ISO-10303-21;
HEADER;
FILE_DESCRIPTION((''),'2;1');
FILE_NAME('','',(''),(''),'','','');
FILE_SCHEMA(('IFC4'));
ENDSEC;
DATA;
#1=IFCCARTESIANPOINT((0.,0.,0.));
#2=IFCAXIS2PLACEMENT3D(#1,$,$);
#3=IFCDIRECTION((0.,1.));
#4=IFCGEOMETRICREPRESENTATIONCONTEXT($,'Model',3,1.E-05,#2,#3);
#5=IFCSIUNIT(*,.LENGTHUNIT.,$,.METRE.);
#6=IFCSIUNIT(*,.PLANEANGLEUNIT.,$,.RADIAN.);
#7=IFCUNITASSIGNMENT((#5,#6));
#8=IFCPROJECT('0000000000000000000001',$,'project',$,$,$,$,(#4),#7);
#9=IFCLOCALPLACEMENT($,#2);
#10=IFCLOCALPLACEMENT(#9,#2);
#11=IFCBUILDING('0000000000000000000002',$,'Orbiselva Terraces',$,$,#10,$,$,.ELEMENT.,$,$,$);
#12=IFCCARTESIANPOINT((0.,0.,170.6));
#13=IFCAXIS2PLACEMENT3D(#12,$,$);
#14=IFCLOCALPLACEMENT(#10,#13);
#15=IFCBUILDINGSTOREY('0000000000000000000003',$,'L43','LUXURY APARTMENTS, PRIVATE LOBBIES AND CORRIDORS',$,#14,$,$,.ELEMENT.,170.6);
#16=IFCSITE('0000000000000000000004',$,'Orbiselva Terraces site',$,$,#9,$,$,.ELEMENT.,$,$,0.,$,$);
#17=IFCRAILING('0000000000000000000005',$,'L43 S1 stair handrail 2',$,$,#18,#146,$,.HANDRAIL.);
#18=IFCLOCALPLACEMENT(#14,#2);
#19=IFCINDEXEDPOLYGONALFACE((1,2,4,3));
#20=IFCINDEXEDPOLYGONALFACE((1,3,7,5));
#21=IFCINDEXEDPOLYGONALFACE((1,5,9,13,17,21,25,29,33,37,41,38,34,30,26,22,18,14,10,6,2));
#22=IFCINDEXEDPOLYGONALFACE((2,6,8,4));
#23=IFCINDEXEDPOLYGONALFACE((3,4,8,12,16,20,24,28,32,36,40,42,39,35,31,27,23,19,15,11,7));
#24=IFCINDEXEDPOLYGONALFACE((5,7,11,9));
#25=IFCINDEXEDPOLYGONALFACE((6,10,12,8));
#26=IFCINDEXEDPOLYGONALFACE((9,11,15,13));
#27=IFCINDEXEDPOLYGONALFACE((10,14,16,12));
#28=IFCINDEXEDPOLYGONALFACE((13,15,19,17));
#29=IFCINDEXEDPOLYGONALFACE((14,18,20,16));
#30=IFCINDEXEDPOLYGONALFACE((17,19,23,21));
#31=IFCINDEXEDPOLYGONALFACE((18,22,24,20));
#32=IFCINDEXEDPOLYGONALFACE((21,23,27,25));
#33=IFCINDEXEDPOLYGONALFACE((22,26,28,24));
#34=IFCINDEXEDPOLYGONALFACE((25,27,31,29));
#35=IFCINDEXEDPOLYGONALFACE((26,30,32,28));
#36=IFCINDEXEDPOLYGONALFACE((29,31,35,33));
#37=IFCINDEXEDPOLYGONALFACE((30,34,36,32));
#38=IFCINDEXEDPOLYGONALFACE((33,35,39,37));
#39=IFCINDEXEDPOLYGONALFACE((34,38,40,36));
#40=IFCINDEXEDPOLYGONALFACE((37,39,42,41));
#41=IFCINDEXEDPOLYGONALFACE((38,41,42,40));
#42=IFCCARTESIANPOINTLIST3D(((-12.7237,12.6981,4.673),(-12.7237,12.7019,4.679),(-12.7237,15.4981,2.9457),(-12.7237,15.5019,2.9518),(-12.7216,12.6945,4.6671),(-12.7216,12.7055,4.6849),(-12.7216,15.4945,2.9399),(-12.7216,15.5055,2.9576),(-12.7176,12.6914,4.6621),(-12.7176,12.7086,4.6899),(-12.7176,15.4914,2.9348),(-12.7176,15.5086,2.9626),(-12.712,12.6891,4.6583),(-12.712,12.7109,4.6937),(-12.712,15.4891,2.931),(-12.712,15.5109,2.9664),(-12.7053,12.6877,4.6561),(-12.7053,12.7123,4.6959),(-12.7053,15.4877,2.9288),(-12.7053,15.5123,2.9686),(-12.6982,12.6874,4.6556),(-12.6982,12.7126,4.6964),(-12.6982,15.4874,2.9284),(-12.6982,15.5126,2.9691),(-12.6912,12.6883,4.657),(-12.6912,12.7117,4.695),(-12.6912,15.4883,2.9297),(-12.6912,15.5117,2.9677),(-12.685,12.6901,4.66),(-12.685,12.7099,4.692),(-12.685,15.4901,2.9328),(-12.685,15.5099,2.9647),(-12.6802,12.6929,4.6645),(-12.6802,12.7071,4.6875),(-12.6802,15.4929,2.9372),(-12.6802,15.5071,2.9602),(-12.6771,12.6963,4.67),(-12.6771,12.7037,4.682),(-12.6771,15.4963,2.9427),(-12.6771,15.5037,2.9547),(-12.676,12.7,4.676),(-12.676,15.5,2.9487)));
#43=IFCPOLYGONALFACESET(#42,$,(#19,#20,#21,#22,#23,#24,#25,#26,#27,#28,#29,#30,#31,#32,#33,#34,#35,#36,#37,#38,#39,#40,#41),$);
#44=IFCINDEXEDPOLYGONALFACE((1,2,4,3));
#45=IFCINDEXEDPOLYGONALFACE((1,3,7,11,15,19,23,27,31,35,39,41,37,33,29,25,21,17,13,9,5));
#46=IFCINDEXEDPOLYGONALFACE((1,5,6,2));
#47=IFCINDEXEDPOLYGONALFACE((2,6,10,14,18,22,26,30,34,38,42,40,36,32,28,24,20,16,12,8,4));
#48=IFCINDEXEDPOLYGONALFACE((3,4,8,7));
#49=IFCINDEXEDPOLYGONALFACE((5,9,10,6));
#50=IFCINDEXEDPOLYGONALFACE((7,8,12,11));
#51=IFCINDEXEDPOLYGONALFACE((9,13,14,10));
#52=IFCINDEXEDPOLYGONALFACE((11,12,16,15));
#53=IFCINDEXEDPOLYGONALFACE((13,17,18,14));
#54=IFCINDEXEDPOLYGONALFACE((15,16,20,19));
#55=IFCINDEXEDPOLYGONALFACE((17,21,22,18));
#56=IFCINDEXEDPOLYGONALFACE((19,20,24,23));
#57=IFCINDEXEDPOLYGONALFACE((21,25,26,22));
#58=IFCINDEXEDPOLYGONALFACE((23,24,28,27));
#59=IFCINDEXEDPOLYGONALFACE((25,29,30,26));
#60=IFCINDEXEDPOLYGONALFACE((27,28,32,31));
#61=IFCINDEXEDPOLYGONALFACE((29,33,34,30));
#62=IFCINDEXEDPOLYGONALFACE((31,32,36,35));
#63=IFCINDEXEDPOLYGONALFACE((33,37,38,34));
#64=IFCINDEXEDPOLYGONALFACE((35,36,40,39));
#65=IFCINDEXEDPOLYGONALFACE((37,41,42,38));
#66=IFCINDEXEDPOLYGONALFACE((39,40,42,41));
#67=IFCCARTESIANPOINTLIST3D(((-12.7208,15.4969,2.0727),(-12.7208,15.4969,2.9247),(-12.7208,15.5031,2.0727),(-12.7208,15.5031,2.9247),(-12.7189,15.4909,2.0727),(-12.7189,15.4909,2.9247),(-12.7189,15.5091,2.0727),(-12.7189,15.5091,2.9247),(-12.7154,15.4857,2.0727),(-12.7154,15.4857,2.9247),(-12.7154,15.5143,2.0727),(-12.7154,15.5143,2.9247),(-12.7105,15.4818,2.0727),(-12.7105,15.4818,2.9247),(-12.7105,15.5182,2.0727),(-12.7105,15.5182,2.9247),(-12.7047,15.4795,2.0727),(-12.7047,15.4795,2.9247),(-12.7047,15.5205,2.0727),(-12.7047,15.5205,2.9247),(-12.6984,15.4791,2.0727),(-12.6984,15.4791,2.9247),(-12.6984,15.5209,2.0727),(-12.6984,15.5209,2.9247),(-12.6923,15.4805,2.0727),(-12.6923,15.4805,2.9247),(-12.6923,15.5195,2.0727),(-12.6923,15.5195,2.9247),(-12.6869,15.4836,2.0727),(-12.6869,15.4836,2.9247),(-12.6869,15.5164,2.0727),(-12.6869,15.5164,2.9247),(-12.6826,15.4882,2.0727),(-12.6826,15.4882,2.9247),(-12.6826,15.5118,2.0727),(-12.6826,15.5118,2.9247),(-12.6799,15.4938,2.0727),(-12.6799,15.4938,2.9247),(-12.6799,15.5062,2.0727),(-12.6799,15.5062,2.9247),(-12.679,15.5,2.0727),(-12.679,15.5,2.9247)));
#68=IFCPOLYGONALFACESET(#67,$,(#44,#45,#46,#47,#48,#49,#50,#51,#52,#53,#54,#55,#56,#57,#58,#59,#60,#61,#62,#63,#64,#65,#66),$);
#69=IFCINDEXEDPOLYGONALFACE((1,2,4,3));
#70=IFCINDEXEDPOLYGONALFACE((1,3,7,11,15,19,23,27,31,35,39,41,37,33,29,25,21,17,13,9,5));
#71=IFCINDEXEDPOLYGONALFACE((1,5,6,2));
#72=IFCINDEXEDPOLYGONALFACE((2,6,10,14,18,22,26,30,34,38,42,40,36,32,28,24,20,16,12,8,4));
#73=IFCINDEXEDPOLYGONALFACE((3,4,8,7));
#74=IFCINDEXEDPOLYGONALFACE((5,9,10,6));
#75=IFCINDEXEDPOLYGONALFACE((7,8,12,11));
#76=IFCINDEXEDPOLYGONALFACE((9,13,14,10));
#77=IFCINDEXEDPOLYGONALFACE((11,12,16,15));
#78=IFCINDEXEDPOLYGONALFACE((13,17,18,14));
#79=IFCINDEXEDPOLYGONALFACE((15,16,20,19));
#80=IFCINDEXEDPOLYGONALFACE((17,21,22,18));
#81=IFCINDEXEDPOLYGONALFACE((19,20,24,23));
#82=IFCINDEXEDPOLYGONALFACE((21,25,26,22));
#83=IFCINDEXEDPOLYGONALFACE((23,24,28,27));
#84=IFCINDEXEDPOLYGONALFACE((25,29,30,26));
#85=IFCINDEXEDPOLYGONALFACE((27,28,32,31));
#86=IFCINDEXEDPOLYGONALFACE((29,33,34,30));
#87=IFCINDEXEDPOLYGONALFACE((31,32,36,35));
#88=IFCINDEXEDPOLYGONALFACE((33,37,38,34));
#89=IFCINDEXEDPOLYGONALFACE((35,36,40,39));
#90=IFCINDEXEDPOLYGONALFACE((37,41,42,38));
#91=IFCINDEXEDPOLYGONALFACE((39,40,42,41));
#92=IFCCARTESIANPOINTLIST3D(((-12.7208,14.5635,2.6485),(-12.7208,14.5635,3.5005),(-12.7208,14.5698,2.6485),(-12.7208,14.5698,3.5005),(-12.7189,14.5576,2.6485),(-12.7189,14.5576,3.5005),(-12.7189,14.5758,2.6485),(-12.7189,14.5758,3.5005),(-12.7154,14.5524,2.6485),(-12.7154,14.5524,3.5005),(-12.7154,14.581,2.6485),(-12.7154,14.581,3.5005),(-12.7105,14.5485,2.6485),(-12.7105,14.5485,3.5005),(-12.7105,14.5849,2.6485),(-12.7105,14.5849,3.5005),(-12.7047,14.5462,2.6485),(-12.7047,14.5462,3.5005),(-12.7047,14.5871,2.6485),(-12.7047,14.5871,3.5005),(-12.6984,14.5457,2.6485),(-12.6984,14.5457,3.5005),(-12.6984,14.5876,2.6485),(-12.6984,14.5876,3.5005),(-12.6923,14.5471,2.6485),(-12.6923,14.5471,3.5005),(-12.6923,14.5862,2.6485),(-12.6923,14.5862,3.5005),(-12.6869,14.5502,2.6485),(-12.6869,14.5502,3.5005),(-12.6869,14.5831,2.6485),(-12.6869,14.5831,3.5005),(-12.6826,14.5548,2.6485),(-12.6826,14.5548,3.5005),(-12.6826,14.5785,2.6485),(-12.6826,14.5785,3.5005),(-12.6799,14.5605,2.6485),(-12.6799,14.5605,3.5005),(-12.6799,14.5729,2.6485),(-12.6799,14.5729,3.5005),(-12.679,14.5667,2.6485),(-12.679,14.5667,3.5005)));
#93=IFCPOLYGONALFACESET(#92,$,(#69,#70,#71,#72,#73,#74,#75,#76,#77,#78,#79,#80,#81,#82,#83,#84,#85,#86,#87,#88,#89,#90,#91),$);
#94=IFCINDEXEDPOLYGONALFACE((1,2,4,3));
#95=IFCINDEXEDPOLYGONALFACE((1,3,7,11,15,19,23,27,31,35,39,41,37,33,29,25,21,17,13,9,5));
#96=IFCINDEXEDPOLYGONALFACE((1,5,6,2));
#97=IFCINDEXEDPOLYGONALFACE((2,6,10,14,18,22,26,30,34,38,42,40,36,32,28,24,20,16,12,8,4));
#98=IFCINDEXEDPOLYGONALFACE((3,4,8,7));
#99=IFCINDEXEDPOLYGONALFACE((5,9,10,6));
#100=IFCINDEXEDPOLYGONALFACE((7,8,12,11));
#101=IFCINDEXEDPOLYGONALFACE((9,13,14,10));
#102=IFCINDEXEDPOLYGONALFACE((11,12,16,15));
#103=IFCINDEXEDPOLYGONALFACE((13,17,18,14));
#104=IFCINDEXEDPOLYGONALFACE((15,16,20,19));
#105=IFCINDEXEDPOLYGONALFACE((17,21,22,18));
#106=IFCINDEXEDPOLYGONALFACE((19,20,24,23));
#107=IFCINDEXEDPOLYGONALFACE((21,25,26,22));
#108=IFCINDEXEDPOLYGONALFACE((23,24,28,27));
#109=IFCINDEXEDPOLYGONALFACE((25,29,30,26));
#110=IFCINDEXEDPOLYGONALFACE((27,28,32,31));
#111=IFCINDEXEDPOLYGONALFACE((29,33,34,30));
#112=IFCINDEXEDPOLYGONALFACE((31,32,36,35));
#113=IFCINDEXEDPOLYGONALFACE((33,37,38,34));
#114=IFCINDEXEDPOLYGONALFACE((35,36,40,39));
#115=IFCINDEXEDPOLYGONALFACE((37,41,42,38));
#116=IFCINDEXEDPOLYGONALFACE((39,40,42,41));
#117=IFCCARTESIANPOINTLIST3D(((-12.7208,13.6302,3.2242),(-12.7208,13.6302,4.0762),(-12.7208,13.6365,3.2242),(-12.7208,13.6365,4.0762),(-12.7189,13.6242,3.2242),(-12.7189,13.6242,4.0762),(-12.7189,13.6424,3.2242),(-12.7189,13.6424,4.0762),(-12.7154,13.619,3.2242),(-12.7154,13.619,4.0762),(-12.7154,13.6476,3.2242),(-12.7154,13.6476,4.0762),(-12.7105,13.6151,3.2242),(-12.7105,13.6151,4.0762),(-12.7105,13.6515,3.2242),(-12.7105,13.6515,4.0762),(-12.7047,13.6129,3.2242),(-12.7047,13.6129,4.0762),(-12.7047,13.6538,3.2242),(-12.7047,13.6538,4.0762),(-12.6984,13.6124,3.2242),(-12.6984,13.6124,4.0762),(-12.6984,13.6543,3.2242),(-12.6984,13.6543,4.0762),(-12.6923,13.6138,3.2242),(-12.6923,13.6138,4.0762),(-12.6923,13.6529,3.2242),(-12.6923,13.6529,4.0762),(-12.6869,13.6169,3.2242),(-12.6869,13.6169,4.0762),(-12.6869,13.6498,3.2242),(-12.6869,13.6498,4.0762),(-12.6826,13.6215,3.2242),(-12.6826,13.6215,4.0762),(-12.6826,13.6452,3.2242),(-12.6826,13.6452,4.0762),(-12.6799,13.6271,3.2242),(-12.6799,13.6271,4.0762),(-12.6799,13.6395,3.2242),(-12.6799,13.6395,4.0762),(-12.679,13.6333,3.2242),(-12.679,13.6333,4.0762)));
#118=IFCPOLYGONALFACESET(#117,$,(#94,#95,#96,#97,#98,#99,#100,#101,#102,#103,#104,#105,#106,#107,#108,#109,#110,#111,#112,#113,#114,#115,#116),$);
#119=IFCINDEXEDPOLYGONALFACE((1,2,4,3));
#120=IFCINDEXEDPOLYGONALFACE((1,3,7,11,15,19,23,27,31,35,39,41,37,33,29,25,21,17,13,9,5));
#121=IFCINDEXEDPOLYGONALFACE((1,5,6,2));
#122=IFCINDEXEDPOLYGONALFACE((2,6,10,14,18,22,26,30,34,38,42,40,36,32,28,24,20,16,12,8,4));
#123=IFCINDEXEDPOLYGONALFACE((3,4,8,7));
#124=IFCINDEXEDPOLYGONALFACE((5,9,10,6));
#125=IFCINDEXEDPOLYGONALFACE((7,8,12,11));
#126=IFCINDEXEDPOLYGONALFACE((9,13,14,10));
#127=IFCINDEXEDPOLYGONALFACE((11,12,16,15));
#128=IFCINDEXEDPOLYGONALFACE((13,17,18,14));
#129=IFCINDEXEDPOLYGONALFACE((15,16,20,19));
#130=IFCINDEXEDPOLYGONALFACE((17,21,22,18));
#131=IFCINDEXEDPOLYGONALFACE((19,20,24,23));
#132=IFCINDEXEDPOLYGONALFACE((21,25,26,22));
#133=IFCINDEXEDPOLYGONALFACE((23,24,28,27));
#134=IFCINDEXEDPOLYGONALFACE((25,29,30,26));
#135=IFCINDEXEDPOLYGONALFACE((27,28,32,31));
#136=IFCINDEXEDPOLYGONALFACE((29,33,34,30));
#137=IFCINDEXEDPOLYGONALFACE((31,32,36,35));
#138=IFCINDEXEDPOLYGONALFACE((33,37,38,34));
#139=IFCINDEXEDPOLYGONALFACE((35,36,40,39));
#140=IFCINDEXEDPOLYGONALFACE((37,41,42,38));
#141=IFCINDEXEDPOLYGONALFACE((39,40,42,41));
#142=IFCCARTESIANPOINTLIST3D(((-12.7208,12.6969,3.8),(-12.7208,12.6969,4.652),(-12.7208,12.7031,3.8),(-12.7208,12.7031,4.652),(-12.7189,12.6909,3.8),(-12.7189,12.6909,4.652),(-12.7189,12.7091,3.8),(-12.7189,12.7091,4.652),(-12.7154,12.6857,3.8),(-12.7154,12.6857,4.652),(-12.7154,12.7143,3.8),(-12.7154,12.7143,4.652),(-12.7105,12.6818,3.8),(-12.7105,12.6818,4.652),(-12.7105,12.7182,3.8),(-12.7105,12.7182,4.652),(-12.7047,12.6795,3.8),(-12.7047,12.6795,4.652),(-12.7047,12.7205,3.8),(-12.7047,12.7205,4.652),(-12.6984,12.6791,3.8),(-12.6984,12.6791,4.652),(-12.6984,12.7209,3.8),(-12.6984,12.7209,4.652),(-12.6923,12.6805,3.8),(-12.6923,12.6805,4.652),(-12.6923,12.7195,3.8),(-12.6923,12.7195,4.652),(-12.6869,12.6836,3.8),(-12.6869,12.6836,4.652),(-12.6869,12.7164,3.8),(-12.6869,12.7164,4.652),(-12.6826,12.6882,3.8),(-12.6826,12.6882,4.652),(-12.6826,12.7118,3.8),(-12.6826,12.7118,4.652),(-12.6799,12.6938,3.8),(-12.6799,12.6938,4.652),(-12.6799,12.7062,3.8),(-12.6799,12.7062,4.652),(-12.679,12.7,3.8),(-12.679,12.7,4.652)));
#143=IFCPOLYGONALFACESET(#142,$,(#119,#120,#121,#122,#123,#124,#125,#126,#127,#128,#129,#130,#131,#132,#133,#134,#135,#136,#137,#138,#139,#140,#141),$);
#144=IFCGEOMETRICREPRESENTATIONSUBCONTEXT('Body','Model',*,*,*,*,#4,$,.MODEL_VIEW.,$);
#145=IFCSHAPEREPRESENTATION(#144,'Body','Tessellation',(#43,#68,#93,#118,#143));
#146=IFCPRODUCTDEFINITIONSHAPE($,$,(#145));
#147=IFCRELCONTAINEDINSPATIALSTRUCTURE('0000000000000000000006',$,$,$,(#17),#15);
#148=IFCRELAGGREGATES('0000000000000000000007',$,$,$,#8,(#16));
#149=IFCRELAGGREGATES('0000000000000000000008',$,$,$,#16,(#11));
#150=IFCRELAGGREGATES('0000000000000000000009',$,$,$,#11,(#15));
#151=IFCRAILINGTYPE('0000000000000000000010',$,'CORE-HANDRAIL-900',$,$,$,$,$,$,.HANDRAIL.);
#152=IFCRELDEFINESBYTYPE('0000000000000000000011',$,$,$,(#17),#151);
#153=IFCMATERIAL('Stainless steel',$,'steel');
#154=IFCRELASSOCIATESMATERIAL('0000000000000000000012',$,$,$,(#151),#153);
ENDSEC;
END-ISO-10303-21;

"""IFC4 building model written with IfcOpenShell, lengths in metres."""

from ifc_helpers import new_model, si_unit, direction, frame, origin, origin_2d, place, context, subcontext, project, spatial, circle, extrude, material, type_object, element, save


model = new_model("IFC4")

# Units and contexts
model_context = context("Model", 3, precision=1e-05, world=origin(), true_north=direction((0.0, 1.0)))
body_context = subcontext(model_context, "Body", "Model", "MODEL_VIEW")
ifc_project = project(units=[si_unit("LENGTHUNIT", "METRE"), si_unit("PLANEANGLEUNIT", "RADIAN")], contexts=[model_context])

# Site, building, storey
site_placement = place(None, origin())
site = spatial("IfcSite", under=ifc_project, at=site_placement, Name="Orbiselva Terraces site", CompositionType="ELEMENT", RefElevation=0.0)
building_placement = place(site_placement, origin())
building = spatial("IfcBuilding", under=site, at=building_placement, Name="Orbiselva Terraces", CompositionType="ELEMENT")
storey_placement = place(building_placement, frame((0.0, 0.0, 170.6)))
storey = spatial("IfcBuildingStorey", under=building, at=storey_placement, Name="L43", Description="LUXURY APARTMENTS, PRIVATE LOBBIES AND CORRIDORS", CompositionType="ELEMENT", Elevation=170.6)

# Railing
ifc_material_1 = material(Name="Stainless steel", Category="steel")
railing_type_1 = type_object("IfcRailingType", Name="CORE-HANDRAIL-900", PredefinedType="HANDRAIL", material=ifc_material_1)
railing_1_placement = place(storey_placement, frame((-12.7, 15.5, 2.0727)))
element("IfcRailing", 1, at=railing_1_placement, inside=storey, type_object=railing_type_1, Name="L43 S1 stair handrail 2", PredefinedType="HANDRAIL", context=body_context, shape_type="SweptSolid", body=[
    extrude(circle(Radius=0.024, at=origin_2d()), frame((0.0, 0.0, 0.876), z_axis=(0.0, -0.851089, 0.525022), x_axis=(1.0, 0.0, 0.0)), (0.0, 0.0, 1.0), 3.2899),
    extrude(circle(Radius=0.021, at=origin_2d()), origin(), (0.0, 0.0, 1.0), 0.852),
    extrude(circle(Radius=0.021, at=origin_2d()), frame((0.0, -0.9333, 0.5758)), (0.0, 0.0, 1.0), 0.852),
    extrude(circle(Radius=0.021, at=origin_2d()), frame((0.0, -1.8667, 1.1515)), (0.0, 0.0, 1.0), 0.852),
    extrude(circle(Radius=0.021, at=origin_2d()), frame((0.0, -2.8, 1.7273)), (0.0, 0.0, 1.0), 0.852),
])

save(model, "model.ifc")
